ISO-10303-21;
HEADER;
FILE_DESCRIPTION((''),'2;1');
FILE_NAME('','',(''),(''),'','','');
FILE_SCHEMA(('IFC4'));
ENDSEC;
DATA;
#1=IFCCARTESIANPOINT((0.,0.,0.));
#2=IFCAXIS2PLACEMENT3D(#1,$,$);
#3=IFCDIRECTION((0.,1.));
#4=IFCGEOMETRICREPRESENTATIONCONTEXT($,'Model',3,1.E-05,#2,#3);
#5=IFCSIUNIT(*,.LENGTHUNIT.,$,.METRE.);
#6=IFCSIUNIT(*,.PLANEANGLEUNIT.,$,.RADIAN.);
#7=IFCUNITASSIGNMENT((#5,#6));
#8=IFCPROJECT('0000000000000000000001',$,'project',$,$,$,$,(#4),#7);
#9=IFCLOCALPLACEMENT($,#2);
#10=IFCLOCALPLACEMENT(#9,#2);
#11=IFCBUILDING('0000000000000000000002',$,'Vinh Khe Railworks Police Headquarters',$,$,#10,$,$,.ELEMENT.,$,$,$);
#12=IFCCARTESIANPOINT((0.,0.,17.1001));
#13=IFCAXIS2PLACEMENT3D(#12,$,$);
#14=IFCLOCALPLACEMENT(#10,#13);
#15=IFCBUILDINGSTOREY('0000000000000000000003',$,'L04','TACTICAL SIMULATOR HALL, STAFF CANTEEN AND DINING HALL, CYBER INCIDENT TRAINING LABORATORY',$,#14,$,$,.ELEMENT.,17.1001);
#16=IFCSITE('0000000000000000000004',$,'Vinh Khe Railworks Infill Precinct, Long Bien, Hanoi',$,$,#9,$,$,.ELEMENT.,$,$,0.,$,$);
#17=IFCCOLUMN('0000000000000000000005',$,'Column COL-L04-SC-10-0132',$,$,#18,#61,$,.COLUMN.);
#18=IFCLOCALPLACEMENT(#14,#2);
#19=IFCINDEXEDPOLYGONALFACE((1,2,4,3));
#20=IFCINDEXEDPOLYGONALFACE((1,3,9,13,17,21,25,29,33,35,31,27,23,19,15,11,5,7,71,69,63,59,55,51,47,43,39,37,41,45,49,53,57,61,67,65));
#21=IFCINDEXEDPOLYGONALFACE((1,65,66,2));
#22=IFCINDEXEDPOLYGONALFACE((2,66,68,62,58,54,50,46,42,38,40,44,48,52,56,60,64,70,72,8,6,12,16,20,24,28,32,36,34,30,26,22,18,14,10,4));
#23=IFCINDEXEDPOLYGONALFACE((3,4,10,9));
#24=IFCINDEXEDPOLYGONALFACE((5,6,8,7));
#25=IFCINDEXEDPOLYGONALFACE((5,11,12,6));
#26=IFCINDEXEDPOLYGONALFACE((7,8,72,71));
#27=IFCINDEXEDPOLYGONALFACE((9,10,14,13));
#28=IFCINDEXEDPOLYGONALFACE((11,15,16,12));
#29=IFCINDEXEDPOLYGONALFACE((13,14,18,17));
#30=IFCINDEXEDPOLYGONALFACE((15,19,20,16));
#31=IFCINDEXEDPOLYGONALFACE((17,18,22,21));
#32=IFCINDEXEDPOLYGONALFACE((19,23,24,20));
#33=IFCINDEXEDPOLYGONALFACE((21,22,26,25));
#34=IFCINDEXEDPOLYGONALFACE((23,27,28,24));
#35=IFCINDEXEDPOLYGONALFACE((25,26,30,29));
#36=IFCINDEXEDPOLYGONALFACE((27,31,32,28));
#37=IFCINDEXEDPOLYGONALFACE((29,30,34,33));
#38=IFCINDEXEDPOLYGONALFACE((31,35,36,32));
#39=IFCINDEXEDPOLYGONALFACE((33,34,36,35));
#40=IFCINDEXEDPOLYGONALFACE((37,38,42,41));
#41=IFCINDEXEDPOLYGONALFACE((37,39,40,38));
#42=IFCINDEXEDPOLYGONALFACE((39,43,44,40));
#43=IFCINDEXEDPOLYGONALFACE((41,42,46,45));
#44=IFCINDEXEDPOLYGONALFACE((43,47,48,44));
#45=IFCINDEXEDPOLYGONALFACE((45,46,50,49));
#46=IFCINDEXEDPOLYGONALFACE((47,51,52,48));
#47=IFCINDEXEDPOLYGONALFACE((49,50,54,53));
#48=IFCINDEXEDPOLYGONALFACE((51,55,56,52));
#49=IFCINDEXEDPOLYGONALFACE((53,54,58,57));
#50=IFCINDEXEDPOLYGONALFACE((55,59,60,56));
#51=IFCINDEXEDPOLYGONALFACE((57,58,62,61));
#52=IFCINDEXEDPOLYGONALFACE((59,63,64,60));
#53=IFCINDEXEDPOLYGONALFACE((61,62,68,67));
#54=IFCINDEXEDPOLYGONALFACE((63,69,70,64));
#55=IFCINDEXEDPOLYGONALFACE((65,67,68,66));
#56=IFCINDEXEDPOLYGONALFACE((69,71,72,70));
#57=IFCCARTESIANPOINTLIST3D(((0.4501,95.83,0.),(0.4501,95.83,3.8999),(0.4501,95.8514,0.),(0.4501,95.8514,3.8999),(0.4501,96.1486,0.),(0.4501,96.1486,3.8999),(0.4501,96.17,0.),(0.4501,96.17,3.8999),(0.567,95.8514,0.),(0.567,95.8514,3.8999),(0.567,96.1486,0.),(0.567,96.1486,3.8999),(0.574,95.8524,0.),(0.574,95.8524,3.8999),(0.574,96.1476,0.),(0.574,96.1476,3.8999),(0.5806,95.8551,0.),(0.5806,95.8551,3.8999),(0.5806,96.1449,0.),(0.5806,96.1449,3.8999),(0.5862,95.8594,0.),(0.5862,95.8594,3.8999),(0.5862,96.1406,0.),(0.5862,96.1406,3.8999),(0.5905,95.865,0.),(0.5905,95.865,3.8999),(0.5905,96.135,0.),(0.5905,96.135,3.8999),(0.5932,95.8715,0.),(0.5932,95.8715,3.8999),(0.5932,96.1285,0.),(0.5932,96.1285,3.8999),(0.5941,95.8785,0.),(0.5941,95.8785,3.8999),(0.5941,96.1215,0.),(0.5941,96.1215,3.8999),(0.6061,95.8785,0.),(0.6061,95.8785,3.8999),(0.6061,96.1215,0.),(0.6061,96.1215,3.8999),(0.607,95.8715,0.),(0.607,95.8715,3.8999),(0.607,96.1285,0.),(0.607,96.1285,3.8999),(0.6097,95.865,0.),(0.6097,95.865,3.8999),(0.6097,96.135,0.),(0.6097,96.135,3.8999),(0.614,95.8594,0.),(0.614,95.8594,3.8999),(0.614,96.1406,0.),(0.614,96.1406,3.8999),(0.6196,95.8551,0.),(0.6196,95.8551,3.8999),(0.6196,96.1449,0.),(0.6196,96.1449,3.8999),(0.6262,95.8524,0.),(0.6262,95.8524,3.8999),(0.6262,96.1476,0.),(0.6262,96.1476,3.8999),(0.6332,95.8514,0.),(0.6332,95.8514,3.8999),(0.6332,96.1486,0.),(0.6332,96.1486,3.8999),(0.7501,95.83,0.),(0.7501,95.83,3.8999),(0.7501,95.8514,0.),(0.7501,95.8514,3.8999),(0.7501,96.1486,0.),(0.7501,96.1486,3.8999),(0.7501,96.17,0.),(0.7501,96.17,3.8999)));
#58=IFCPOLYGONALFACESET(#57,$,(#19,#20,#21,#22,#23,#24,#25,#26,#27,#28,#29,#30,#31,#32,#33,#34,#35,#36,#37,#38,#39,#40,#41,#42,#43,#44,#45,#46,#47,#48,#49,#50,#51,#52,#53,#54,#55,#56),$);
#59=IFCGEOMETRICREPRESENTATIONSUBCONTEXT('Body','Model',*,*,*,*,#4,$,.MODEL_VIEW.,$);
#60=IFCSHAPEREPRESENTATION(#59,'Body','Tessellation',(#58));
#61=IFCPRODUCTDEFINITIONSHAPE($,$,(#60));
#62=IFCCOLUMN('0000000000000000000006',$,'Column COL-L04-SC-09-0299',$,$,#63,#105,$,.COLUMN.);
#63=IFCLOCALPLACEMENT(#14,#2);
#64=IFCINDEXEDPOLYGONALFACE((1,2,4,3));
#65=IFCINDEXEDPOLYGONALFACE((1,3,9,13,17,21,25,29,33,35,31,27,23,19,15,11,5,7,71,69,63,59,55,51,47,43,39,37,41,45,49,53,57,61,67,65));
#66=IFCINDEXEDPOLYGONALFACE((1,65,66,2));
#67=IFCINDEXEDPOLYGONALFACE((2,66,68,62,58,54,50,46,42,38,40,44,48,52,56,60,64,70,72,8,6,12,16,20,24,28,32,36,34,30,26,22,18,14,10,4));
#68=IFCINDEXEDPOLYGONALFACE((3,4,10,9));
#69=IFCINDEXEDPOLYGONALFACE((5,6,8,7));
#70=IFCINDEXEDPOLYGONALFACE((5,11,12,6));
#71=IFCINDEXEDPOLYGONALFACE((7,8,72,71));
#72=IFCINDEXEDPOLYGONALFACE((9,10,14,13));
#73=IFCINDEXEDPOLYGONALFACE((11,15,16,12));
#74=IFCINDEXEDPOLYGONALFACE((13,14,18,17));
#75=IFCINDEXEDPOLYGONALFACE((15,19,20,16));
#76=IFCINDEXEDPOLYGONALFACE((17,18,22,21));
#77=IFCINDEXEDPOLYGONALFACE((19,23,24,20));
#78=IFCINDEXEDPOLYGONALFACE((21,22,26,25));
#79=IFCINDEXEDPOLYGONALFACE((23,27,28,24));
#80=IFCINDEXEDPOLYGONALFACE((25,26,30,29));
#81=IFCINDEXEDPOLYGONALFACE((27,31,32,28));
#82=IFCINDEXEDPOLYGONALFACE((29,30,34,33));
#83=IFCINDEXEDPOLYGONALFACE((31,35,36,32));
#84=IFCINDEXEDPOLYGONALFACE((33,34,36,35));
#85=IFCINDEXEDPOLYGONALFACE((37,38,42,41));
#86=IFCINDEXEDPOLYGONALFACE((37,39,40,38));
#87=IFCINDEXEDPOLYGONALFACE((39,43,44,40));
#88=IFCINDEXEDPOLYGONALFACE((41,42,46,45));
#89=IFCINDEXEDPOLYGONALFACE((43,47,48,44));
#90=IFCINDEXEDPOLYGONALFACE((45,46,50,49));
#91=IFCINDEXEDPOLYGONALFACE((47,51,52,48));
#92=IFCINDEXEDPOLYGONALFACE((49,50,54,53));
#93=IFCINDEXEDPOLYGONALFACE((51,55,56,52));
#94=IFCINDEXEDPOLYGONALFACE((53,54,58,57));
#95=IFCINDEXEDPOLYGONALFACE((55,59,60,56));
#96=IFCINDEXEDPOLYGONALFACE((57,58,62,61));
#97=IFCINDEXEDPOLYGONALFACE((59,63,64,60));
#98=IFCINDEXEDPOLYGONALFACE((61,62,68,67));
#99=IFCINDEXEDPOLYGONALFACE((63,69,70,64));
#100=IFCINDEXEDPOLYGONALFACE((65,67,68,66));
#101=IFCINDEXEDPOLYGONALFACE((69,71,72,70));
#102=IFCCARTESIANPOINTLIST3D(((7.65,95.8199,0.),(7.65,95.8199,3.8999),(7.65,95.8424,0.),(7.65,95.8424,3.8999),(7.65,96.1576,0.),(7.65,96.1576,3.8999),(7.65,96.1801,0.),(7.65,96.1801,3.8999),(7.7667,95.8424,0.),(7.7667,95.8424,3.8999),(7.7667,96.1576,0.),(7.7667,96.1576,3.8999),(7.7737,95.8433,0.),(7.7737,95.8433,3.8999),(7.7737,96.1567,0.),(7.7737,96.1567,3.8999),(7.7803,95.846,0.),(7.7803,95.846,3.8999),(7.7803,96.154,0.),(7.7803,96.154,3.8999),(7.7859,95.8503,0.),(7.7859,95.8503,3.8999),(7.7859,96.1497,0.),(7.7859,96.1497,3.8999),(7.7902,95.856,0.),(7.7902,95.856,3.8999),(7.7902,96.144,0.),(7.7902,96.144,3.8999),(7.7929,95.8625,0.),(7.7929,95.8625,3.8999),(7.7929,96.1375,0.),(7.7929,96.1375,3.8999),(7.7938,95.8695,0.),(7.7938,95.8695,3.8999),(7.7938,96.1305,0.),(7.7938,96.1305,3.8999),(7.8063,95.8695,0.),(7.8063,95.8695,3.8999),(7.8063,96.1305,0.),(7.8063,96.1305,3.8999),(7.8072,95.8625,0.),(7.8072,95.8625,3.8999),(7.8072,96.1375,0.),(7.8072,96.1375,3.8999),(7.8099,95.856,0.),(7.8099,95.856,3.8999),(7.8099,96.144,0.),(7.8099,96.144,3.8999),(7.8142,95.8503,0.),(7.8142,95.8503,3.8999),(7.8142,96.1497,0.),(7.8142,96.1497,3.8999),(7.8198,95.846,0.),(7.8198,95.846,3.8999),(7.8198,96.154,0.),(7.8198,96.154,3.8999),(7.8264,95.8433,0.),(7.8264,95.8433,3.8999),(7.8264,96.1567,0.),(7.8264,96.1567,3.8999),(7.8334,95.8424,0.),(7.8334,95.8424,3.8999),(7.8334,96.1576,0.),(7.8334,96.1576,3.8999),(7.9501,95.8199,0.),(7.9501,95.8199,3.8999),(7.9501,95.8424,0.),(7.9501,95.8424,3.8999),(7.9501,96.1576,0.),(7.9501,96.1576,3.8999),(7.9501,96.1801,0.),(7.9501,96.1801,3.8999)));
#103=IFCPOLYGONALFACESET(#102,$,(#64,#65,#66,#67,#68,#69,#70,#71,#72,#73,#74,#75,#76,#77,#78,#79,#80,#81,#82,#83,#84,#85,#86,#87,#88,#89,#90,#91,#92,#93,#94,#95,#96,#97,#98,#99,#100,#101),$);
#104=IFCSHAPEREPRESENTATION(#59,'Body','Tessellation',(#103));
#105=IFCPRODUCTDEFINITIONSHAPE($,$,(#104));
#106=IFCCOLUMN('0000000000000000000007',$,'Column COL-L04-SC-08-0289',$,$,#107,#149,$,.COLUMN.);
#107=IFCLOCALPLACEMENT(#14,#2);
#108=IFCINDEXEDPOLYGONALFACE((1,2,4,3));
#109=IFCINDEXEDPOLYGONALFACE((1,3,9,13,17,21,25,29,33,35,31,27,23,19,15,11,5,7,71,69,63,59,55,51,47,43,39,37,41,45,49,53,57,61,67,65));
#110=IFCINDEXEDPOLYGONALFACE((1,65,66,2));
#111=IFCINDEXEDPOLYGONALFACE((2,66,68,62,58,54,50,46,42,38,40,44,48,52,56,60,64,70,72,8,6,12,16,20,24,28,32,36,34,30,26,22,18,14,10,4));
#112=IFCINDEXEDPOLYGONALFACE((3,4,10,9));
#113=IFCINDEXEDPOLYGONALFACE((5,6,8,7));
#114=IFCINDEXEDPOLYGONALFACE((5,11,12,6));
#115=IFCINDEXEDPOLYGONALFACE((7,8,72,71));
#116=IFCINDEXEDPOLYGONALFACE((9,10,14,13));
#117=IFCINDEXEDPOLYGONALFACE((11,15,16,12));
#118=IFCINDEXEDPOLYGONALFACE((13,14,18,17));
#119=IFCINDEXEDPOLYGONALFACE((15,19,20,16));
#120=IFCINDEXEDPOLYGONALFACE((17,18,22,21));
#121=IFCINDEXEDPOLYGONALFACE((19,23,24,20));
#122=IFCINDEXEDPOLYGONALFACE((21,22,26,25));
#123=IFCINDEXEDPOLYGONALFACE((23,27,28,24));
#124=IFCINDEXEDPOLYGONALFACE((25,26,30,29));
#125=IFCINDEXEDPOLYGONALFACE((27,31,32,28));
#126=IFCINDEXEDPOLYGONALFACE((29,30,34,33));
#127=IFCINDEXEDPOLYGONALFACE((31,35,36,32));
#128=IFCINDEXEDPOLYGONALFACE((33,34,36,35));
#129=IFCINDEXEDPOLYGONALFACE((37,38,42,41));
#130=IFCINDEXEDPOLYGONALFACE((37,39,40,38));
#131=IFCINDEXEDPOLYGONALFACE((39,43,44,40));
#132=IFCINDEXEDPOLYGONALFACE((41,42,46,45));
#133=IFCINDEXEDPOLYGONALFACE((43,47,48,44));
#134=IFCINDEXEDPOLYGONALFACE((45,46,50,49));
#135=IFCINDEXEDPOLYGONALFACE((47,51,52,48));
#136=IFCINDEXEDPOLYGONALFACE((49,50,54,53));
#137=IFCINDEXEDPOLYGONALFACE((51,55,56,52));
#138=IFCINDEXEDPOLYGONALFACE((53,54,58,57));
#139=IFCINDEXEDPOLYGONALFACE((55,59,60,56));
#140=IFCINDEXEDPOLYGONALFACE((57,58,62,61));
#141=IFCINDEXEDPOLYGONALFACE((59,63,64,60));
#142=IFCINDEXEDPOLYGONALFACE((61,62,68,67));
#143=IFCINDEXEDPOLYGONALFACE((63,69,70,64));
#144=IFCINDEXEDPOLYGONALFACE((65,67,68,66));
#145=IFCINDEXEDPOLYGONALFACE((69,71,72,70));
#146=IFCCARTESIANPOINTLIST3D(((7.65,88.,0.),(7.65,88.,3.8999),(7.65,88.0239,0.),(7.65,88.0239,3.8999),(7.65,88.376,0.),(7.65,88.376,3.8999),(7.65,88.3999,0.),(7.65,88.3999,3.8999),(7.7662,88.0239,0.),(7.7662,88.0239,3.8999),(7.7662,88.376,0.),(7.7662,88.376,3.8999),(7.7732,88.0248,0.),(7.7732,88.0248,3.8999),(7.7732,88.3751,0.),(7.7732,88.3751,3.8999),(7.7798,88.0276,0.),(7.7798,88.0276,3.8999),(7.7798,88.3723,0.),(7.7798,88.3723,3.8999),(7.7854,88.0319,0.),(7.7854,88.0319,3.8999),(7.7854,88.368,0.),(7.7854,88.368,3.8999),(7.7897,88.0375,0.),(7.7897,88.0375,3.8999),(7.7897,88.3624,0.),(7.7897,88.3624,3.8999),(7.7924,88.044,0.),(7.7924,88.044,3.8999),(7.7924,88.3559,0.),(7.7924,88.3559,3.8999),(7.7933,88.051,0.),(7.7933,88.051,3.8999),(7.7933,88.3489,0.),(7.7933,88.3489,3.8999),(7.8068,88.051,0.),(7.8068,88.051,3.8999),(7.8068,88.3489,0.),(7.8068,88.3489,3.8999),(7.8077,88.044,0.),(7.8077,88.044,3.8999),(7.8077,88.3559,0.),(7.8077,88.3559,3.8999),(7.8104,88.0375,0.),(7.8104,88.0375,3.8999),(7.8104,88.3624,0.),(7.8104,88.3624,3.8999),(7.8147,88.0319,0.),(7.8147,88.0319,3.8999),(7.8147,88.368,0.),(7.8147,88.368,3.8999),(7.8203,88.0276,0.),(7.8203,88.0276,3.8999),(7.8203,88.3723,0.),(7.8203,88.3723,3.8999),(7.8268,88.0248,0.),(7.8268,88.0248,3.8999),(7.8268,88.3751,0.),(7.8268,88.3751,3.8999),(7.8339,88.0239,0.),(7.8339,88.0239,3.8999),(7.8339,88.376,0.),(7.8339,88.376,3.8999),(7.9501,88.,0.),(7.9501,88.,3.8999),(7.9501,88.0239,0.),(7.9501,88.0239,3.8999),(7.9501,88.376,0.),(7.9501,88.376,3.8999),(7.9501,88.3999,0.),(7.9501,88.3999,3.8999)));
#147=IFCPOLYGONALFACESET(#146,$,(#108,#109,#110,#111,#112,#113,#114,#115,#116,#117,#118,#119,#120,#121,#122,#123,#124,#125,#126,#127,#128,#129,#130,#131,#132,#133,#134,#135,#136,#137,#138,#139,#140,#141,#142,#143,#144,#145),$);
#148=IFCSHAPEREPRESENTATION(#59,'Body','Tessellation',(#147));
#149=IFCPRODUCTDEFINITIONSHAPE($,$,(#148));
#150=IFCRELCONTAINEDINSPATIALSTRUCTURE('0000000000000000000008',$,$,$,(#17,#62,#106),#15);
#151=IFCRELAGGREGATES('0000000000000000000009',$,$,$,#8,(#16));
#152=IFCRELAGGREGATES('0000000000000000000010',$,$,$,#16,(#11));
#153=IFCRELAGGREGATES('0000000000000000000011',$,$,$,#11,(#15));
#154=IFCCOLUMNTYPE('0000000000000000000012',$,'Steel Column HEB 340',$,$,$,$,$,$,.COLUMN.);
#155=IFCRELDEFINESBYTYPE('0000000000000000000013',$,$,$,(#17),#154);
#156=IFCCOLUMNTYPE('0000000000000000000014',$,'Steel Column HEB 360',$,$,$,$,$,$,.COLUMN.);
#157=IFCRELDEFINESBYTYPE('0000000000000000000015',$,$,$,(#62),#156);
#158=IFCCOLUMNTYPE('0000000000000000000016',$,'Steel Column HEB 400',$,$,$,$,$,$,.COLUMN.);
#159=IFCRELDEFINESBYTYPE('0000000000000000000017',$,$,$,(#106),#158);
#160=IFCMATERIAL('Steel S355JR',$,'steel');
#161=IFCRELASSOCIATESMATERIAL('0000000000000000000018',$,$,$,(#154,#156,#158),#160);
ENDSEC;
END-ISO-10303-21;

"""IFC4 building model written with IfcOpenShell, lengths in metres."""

from ifc_helpers import new_model, si_unit, direction, frame, origin, origin_2d, place, context, subcontext, project, spatial, i_section, extrude, material, material_profile, profile_set, type_object, element, save


model = new_model("IFC4")

# Units and contexts
model_context = context("Model", 3, precision=1e-05, world=origin(), true_north=direction((0.0, 1.0)))
body_context = subcontext(model_context, "Body", "Model", "MODEL_VIEW")
ifc_project = project(units=[si_unit("LENGTHUNIT", "METRE"), si_unit("PLANEANGLEUNIT", "RADIAN")], contexts=[model_context])

# Site, building, storey
site_placement = place(None, origin())
site = spatial("IfcSite", under=ifc_project, at=site_placement, Name="Vinh Khe Railworks Infill Precinct, Long Bien, Hanoi", CompositionType="ELEMENT", RefElevation=0.0)
building_placement = place(site_placement, origin())
building = spatial("IfcBuilding", under=site, at=building_placement, Name="Vinh Khe Railworks Police Headquarters", CompositionType="ELEMENT")
storey_placement = place(building_placement, frame((0.0, 0.0, 17.1001)))
storey = spatial("IfcBuildingStorey", under=building, at=storey_placement, Name="L04", Description="TACTICAL SIMULATOR HALL, STAFF CANTEEN AND DINING HALL, CYBER INCIDENT TRAINING LABORATORY", CompositionType="ELEMENT", Elevation=17.1001)

# Columns
ifc_material_1 = material(Name="Steel S355JR", Category="steel")
ifc_material_profile_1 = material_profile(ifc_material_1, i_section(OverallWidth=0.3, OverallDepth=0.3401, WebThickness=0.012, FlangeThickness=0.0215, FilletRadius=0.0271, at=origin_2d()), Name="HEB 340")
ifc_profile_set_1 = profile_set([ifc_material_profile_1], Name="Steel S355JR")
column_type_1 = type_object("IfcColumnType", Name="Steel Column HEB 340", PredefinedType="COLUMN", material=ifc_profile_set_1)
column_1_placement = place(storey_placement, frame((0.6001, 96.0, 0.0), z_axis=(0.0, 0.0, 1.0), x_axis=(1.0, 0.0, 0.0)))
element("IfcColumn", 1, at=column_1_placement, inside=storey, type_object=column_type_1, Name="Column COL-L04-SC-10-0132", PredefinedType="COLUMN", context=body_context, shape_type="SweptSolid", body=[
    extrude(i_section(OverallWidth=0.3, OverallDepth=0.3401, WebThickness=0.012, FlangeThickness=0.0215, FilletRadius=0.0271, at=origin_2d()), origin(), (0.0, 0.0, 1.0), 3.8999),
])
ifc_material_profile_2 = material_profile(ifc_material_1, i_section(OverallWidth=0.3, OverallDepth=0.3601, WebThickness=0.0125, FlangeThickness=0.0225, FilletRadius=0.0271, at=origin_2d()), Name="HEB 360")
ifc_profile_set_2 = profile_set([ifc_material_profile_2], Name="Steel S355JR")
column_type_2 = type_object("IfcColumnType", Name="Steel Column HEB 360", PredefinedType="COLUMN", material=ifc_profile_set_2)
column_2_placement = place(storey_placement, frame((7.8, 96.0, 0.0), z_axis=(0.0, 0.0, 1.0), x_axis=(1.0, 0.0, 0.0)))
element("IfcColumn", 2, at=column_2_placement, inside=storey, type_object=column_type_2, Name="Column COL-L04-SC-09-0299", PredefinedType="COLUMN", context=body_context, shape_type="SweptSolid", body=[
    extrude(i_section(OverallWidth=0.3, OverallDepth=0.3601, WebThickness=0.0125, FlangeThickness=0.0225, FilletRadius=0.0271, at=origin_2d()), origin(), (0.0, 0.0, 1.0), 3.8999),
])
ifc_material_profile_3 = material_profile(ifc_material_1, i_section(OverallWidth=0.3, OverallDepth=0.3999, WebThickness=0.0134, FlangeThickness=0.0239, FilletRadius=0.0271, at=origin_2d()), Name="HEB 400")
ifc_profile_set_3 = profile_set([ifc_material_profile_3], Name="Steel S355JR")
column_type_3 = type_object("IfcColumnType", Name="Steel Column HEB 400", PredefinedType="COLUMN", material=ifc_profile_set_3)
column_3_placement = place(storey_placement, frame((7.8, 88.2, 0.0), z_axis=(0.0, 0.0, 1.0), x_axis=(1.0, 0.0, 0.0)))
element("IfcColumn", 3, at=column_3_placement, inside=storey, type_object=column_type_3, Name="Column COL-L04-SC-08-0289", PredefinedType="COLUMN", context=body_context, shape_type="SweptSolid", body=[
    extrude(i_section(OverallWidth=0.3, OverallDepth=0.3999, WebThickness=0.0134, FlangeThickness=0.0239, FilletRadius=0.0271, at=origin_2d()), origin(), (0.0, 0.0, 1.0), 3.8999),
])

save(model, "model.ifc")
